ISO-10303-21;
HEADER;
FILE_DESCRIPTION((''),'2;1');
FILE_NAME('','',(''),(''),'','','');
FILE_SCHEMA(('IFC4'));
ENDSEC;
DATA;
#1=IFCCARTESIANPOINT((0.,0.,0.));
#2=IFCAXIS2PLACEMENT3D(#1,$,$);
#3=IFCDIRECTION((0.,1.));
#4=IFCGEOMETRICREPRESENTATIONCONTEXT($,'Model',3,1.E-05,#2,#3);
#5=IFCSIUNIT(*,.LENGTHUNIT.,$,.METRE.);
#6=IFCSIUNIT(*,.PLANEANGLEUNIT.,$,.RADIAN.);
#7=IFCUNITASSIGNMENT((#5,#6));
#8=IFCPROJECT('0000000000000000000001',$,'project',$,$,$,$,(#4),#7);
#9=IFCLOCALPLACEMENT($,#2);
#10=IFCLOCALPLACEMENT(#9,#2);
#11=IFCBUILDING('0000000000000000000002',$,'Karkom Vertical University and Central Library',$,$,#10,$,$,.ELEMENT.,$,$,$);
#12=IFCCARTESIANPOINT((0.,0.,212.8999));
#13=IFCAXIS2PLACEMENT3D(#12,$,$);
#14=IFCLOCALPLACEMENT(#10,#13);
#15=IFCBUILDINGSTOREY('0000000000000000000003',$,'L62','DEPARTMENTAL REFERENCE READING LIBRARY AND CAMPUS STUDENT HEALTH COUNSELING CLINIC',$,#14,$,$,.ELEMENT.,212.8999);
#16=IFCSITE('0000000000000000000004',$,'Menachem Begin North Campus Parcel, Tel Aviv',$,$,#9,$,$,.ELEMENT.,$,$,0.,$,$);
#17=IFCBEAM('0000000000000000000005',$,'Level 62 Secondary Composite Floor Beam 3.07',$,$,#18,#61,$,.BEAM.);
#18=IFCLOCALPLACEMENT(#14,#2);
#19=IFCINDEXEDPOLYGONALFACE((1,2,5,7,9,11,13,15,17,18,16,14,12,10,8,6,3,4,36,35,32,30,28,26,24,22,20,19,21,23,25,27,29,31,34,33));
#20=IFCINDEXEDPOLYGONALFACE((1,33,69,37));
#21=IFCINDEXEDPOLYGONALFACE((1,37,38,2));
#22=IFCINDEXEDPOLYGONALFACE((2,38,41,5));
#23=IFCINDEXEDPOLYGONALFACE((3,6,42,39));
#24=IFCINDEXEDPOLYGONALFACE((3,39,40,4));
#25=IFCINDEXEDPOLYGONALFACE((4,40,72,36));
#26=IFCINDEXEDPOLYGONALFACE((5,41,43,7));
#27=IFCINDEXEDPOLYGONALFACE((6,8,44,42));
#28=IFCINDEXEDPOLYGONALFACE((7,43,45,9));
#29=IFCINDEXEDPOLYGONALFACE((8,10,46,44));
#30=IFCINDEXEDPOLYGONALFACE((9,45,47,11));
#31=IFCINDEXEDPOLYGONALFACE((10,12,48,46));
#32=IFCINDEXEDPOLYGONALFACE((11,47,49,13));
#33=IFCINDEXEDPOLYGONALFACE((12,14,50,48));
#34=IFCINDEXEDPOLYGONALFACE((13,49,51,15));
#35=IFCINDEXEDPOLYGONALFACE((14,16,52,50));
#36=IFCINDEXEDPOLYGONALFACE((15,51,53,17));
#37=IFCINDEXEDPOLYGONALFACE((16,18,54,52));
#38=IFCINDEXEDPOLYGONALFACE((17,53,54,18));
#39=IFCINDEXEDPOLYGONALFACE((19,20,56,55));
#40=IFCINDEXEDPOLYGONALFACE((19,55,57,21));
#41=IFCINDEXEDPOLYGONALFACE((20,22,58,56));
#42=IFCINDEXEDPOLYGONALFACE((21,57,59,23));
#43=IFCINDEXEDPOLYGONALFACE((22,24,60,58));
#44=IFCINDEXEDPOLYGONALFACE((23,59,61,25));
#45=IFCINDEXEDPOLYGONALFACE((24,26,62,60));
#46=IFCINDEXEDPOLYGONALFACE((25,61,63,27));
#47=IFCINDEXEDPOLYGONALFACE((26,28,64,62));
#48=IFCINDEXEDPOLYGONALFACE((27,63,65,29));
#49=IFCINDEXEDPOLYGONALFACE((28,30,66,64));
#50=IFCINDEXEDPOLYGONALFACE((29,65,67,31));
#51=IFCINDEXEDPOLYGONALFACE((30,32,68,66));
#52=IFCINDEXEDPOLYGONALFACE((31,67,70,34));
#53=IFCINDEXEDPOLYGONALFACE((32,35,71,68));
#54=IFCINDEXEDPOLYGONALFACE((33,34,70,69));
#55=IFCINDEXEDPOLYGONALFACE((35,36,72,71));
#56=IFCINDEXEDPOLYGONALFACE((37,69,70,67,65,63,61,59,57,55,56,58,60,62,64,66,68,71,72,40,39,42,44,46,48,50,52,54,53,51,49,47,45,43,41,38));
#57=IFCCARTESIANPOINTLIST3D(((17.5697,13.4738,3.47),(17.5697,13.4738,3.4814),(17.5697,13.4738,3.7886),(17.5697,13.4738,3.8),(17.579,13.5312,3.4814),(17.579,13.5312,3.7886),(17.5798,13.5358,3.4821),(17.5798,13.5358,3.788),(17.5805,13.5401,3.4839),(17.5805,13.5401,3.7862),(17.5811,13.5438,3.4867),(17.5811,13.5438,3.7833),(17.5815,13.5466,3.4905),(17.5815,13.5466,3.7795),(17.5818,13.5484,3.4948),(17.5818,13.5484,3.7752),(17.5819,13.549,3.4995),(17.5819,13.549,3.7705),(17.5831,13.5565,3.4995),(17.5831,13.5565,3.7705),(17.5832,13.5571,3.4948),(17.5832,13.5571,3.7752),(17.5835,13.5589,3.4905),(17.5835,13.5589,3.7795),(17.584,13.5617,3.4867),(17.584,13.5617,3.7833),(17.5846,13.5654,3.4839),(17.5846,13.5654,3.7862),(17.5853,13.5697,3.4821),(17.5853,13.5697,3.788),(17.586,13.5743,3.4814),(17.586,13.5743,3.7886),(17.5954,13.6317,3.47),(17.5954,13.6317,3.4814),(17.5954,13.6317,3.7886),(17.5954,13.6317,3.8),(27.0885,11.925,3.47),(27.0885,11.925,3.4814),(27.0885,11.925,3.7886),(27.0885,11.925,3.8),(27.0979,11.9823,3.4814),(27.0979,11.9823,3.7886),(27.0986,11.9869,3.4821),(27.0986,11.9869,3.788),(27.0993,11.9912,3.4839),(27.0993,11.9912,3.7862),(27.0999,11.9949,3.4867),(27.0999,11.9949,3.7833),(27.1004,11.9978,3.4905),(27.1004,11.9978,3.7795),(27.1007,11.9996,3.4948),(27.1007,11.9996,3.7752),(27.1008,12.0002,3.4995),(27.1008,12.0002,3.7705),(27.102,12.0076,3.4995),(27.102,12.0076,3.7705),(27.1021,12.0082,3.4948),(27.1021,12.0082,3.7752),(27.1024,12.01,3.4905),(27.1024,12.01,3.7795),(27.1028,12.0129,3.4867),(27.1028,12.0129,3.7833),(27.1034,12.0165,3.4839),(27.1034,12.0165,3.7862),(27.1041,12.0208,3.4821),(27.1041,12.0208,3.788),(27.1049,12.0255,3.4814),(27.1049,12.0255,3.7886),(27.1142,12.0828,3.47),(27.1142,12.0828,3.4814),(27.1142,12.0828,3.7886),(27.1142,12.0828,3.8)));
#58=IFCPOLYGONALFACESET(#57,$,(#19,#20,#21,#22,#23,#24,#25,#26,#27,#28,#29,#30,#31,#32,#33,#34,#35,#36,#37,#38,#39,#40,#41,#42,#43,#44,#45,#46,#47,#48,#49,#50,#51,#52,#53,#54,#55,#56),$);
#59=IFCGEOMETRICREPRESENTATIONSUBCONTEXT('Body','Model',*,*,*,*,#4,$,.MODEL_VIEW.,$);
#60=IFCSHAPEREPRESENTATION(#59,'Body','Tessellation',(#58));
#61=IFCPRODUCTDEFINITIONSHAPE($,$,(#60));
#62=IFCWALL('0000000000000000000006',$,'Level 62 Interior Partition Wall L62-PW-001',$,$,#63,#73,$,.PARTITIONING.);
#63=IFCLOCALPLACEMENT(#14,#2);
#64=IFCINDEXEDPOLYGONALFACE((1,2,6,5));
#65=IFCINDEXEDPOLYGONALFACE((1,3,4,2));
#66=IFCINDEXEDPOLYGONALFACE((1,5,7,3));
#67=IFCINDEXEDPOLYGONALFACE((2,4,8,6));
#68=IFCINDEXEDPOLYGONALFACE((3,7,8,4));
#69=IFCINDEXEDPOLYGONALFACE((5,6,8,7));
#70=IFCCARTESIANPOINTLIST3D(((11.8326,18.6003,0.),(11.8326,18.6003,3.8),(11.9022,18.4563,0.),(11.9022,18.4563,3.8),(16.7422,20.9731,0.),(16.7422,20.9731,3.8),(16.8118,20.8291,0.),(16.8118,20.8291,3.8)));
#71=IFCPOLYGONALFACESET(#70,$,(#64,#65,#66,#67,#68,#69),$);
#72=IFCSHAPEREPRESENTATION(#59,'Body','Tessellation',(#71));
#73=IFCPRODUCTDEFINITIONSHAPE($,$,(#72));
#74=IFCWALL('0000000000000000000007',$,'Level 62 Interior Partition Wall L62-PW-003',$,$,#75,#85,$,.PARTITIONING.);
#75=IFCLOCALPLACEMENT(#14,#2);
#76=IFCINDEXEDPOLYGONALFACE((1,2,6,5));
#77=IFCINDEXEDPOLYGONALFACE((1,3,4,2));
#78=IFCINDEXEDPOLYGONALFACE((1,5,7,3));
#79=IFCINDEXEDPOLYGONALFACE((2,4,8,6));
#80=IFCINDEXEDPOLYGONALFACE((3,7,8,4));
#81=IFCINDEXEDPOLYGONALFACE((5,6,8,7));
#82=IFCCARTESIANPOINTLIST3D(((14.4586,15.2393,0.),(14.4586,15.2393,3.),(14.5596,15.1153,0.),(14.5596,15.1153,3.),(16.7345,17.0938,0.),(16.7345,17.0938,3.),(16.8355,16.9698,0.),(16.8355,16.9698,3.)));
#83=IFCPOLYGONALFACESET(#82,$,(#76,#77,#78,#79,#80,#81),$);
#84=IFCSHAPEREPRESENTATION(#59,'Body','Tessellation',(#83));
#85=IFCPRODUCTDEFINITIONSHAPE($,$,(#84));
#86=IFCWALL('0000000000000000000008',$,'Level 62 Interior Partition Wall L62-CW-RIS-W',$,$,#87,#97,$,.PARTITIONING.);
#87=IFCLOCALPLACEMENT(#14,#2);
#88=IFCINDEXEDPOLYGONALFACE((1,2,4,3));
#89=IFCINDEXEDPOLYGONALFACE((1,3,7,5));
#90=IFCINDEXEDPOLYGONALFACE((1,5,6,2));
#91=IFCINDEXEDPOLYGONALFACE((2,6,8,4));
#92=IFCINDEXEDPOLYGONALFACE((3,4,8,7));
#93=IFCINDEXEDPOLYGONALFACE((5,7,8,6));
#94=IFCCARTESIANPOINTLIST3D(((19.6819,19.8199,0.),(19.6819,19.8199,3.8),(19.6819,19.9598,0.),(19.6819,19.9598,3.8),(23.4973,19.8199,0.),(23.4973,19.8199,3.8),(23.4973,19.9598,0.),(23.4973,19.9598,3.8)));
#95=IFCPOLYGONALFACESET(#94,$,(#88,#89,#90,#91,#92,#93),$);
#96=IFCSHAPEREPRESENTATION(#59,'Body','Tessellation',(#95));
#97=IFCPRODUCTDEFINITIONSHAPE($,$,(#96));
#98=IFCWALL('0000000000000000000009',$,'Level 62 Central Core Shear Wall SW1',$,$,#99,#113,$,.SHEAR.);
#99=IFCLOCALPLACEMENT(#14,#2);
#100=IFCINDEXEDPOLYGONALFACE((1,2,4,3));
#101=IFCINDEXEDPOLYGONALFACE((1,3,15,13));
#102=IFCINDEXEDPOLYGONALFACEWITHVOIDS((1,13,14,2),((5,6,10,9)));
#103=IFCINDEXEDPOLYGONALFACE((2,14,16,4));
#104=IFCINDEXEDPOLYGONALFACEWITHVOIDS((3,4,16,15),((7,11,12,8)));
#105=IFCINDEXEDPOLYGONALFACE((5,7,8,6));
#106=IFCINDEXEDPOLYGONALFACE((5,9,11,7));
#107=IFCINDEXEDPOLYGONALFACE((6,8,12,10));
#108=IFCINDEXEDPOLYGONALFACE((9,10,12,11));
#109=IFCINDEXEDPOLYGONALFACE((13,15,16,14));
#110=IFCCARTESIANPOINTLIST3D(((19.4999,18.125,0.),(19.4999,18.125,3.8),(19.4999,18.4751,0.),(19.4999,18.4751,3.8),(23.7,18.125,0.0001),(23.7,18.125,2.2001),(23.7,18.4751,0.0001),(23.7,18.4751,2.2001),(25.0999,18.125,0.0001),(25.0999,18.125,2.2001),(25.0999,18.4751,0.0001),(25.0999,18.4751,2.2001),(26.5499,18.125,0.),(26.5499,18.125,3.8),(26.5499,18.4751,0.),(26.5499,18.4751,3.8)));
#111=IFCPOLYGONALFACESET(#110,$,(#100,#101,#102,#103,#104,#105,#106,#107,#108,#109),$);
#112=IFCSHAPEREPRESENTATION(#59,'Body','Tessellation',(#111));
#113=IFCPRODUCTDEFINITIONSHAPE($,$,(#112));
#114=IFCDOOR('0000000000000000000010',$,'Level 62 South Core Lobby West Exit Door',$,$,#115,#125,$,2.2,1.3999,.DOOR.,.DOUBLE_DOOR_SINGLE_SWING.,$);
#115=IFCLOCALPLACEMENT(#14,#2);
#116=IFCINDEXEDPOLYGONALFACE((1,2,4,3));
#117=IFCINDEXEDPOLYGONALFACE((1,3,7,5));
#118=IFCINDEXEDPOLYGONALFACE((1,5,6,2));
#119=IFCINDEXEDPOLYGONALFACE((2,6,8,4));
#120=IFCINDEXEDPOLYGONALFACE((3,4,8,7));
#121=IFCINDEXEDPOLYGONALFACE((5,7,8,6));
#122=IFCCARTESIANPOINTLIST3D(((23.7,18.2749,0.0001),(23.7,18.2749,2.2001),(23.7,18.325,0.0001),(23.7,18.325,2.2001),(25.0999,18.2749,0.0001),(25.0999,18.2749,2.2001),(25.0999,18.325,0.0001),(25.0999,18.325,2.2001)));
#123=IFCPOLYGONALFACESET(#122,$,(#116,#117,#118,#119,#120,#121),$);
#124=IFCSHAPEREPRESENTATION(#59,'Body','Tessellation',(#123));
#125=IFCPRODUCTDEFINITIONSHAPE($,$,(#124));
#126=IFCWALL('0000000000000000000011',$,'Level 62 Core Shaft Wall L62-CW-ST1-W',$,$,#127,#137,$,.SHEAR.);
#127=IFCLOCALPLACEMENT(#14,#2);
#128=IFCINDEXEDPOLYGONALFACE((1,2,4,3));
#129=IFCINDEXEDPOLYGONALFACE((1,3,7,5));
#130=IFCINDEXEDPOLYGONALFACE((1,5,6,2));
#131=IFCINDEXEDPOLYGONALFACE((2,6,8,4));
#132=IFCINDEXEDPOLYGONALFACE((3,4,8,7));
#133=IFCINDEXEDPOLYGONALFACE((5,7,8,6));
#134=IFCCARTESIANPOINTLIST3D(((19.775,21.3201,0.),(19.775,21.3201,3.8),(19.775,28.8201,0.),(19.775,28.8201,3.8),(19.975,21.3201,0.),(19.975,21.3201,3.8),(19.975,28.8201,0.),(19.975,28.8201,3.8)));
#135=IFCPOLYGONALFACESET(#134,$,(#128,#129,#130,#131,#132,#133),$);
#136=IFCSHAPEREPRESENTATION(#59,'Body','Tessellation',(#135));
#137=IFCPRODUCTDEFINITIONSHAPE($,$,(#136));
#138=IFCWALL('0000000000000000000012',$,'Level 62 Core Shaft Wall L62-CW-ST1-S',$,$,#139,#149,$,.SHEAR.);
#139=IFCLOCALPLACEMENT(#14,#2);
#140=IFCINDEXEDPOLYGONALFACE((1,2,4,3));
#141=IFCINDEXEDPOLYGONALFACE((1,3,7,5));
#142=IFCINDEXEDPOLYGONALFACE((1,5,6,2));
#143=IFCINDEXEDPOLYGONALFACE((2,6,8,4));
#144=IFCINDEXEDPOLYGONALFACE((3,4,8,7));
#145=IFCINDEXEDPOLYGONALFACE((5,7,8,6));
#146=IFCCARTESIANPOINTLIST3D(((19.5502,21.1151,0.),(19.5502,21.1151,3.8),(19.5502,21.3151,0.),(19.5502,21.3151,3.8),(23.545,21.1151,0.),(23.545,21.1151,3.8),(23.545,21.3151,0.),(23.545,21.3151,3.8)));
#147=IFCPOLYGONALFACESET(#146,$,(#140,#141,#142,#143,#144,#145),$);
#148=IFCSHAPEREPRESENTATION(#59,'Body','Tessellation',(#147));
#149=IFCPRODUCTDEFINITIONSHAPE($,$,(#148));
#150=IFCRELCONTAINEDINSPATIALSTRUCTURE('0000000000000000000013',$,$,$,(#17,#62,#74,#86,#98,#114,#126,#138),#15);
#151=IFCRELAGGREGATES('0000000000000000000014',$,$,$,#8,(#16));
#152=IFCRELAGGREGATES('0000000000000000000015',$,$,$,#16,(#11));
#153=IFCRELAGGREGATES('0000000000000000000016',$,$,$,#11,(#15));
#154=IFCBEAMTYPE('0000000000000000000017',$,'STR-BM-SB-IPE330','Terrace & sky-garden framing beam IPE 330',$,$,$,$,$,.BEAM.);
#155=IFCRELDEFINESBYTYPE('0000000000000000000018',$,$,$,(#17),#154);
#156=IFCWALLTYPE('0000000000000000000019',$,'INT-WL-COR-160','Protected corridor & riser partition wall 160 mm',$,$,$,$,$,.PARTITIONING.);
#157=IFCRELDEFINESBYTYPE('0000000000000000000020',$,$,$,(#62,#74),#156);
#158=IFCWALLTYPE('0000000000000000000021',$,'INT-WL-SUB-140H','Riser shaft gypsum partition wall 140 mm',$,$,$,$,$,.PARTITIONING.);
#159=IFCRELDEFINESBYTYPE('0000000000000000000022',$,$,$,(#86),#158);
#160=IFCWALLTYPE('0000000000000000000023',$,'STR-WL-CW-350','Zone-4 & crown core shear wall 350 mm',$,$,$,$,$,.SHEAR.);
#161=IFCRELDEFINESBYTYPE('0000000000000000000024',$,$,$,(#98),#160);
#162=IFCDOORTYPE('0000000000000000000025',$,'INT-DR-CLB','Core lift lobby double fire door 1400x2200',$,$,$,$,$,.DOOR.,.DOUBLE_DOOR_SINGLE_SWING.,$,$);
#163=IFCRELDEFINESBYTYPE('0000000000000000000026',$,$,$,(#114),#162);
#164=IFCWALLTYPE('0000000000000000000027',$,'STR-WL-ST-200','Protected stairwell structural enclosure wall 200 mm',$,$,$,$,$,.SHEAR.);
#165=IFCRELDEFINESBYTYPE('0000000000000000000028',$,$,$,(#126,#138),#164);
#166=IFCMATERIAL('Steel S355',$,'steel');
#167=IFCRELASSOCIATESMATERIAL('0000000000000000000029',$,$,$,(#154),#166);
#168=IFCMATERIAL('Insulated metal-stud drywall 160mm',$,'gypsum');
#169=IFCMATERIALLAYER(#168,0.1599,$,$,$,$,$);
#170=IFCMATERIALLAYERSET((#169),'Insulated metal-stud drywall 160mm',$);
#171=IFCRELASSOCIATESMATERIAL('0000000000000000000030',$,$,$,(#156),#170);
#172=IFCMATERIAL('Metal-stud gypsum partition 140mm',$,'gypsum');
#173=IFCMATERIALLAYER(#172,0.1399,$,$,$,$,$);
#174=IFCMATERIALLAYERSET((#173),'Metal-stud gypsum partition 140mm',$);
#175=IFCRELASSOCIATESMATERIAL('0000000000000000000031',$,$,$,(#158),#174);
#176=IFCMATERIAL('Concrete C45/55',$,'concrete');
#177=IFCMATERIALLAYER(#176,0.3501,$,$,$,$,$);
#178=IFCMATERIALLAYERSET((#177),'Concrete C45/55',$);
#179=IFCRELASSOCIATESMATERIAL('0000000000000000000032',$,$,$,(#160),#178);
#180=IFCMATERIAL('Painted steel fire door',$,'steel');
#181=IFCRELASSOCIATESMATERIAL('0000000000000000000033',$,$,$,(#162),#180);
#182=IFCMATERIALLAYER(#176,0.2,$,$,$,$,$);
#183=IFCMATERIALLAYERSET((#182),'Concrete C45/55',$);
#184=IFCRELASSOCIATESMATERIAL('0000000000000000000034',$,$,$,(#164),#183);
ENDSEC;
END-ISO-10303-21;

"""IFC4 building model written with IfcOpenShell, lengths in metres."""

from ifc_helpers import new_model, si_unit, direction, frame, frame_2d, origin, origin_with_axes, origin_2d, place, context, subcontext, project, spatial, rectangle, i_section, extrude, source, transform, mapped, material, layer, layer_set, material_profile, profile_set, type_object, element, fill, save


model = new_model("IFC4")

# Units and contexts
model_context = context("Model", 3, precision=1e-05, world=origin(), true_north=direction((0.0, 1.0)))
body_context = subcontext(model_context, "Body", "Model", "MODEL_VIEW")
ifc_project = project(units=[si_unit("LENGTHUNIT", "METRE"), si_unit("PLANEANGLEUNIT", "RADIAN")], contexts=[model_context])

# Site, building, storey
site_placement = place(None, origin())
site = spatial("IfcSite", under=ifc_project, at=site_placement, Name="Menachem Begin North Campus Parcel, Tel Aviv", CompositionType="ELEMENT", RefElevation=0.0)
building_placement = place(site_placement, origin())
building = spatial("IfcBuilding", under=site, at=building_placement, Name="Karkom Vertical University and Central Library", CompositionType="ELEMENT")
storey_placement = place(building_placement, frame((0.0, 0.0, 212.8999)))
storey = spatial("IfcBuildingStorey", under=building, at=storey_placement, Name="L62", Description="DEPARTMENTAL REFERENCE READING LIBRARY AND CAMPUS STUDENT HEALTH COUNSELING CLINIC", CompositionType="ELEMENT", Elevation=212.8999)

# Shared definitions
ifc_material_1 = material(Name="Concrete C45/55", Category="concrete")

# Beam
ifc_material_2 = material(Name="Steel S355", Category="steel")
ifc_material_profile_1 = material_profile(ifc_material_2, i_section(OverallWidth=0.1599, OverallDepth=0.3301, WebThickness=0.0076, FlangeThickness=0.0115, FilletRadius=0.0181, at=origin_2d()), Name="IPE 330")
ifc_profile_set_1 = profile_set([ifc_material_profile_1], Name="Steel S355")
beam_type_1 = type_object("IfcBeamType", Name="STR-BM-SB-IPE330", Description="Terrace & sky-garden framing beam IPE 330", PredefinedType="BEAM", material=ifc_profile_set_1)
shared_shape_1 = source(origin_with_axes(), body_context, "Body", "SweptSolid", [
    extrude(i_section(OverallWidth=0.1599, OverallDepth=0.3301, WebThickness=0.0076, FlangeThickness=0.0115, FilletRadius=0.0181, at=origin_2d()), origin(), (0.0, 0.0, 1.0), 9.644),
])
beam_1_placement = place(storey_placement, frame((17.5825, 13.5527, 3.635), z_axis=(0.987019, -0.1606, 0.0), x_axis=(0.1606, 0.987019, 0.0)))
element("IfcBeam", 1, at=beam_1_placement, inside=storey, type_object=beam_type_1, Name="Level 62 Secondary Composite Floor Beam 3.07", PredefinedType="BEAM", context=body_context, shape_type="MappedRepresentation", body=[
    mapped(shared_shape_1, transform((0.0, 0.0, 0.0), scale=1.0)),
])

# Walls
ifc_material_3 = material(Name="Insulated metal-stud drywall 160mm", Category="gypsum")
ifc_layer_1 = layer(ifc_material_3, 0.1599)
ifc_layer_set_1 = layer_set([ifc_layer_1], Name="Insulated metal-stud drywall 160mm")
wall_type_1 = type_object("IfcWallType", Name="INT-WL-COR-160", Description="Protected corridor & riser partition wall 160 mm", PredefinedType="PARTITIONING", material=ifc_layer_set_1)
wall_1_placement = place(storey_placement, frame((16.7771, 20.9011, 0.0), z_axis=(0.0, 0.0, 1.0), x_axis=(-0.900364, -0.435138, 0.0)))
element("IfcWall", 2, at=wall_1_placement, inside=storey, type_object=wall_type_1, Name="Level 62 Interior Partition Wall L62-PW-001", PredefinedType="PARTITIONING", context=body_context, shape_type="SweptSolid", body=[
    extrude(rectangle(XDim=5.4529, YDim=0.1599, at=frame_2d((2.7266, 0.0))), origin(), (0.0, 0.0, 1.0), 3.8),
])
wall_2_placement = place(storey_placement, frame((16.7849, 17.0317, 0.0), z_axis=(0.0, 0.0, 1.0), x_axis=(-0.775223, -0.631688, 0.0)))
element("IfcWall", 3, at=wall_2_placement, inside=storey, type_object=wall_type_1, Name="Level 62 Interior Partition Wall L62-PW-003", PredefinedType="PARTITIONING", context=body_context, shape_type="SweptSolid", body=[
    extrude(rectangle(XDim=2.9358, YDim=0.1599, at=frame_2d((1.4678, 0.0))), origin(), (0.0, 0.0, 1.0), 3.0),
])
ifc_material_4 = material(Name="Metal-stud gypsum partition 140mm", Category="gypsum")
ifc_layer_2 = layer(ifc_material_4, 0.1399)
ifc_layer_set_2 = layer_set([ifc_layer_2], Name="Metal-stud gypsum partition 140mm")
wall_type_2 = type_object("IfcWallType", Name="INT-WL-SUB-140H", Description="Riser shaft gypsum partition wall 140 mm", PredefinedType="PARTITIONING", material=ifc_layer_set_2)
wall_3_placement = place(storey_placement, frame((19.6819, 19.8899, 0.0), z_axis=(0.0, 0.0, 1.0), x_axis=(1.0, 0.0, 0.0)))
element("IfcWall", 4, at=wall_3_placement, inside=storey, type_object=wall_type_2, Name="Level 62 Interior Partition Wall L62-CW-RIS-W", PredefinedType="PARTITIONING", context=body_context, shape_type="SweptSolid", body=[
    extrude(rectangle(XDim=3.8154, YDim=0.1399, at=frame_2d((1.9077, 0.0))), origin(), (0.0, 0.0, 1.0), 3.8),
])

# Wall, opening, door
ifc_layer_3 = layer(ifc_material_1, 0.3501)
ifc_layer_set_3 = layer_set([ifc_layer_3], Name="Concrete C45/55")
wall_type_3 = type_object("IfcWallType", Name="STR-WL-CW-350", Description="Zone-4 & crown core shear wall 350 mm", PredefinedType="SHEAR", material=ifc_layer_set_3)
wall_4_placement = place(storey_placement, frame((19.5, 18.3, 0.0), z_axis=(0.0, 0.0, 1.0), x_axis=(1.0, 0.0, 0.0)))
wall_4 = element("IfcWall", 5, at=wall_4_placement, inside=storey, type_object=wall_type_3, Name="Level 62 Central Core Shear Wall SW1", PredefinedType="SHEAR", context=body_context, shape_type="SweptSolid", body=[
    extrude(rectangle(XDim=7.05, YDim=0.3501, at=frame_2d((3.5249, 0.0))), origin(), (0.0, 0.0, 1.0), 3.8),
])
opening_placement = place(wall_4_placement, frame((4.2, 0.0, 0.0)))
opening = element("IfcOpeningElement", 6, at=opening_placement, cuts=wall_4, PredefinedType="OPENING", context=body_context, shape_type="SweptSolid", body=[
    extrude(rectangle(XDim=1.3999, YDim=2.2, at=frame_2d((0.7, 1.1001))), frame((0.0, 0.1851, 0.0), z_axis=(0.0, -1.0, 0.0), x_axis=(1.0, 0.0, 0.0)), (0.0, 0.0, 1.0), 0.3701),
])
ifc_material_5 = material(Name="Painted steel fire door", Category="steel")
door_type = type_object("IfcDoorType", Name="INT-DR-CLB", Description="Core lift lobby double fire door 1400x2200", OperationType="DOUBLE_DOOR_SINGLE_SWING", PredefinedType="DOOR", material=ifc_material_5)
shared_shape_2 = source(origin_with_axes(), body_context, "Body", "SweptSolid", [
    extrude(rectangle(XDim=1.3999, YDim=2.2, at=frame_2d((0.7, 1.1001))), frame((0.0, 0.0249, 0.0), z_axis=(0.0, -1.0, 0.0), x_axis=(1.0, 0.0, 0.0)), (0.0, 0.0, 1.0), 0.05),
])
door_placement = place(opening_placement, origin())
door = element("IfcDoor", 7, at=door_placement, inside=storey, type_object=door_type, Name="Level 62 South Core Lobby West Exit Door", OperationType="DOUBLE_DOOR_SINGLE_SWING", OverallHeight=2.2, OverallWidth=1.3999, PredefinedType="DOOR", context=body_context, shape_type="MappedRepresentation", body=[
    mapped(shared_shape_2, transform((0.0, 0.0, 0.0), scale=1.0)),
])
fill(opening, door)

# Walls
ifc_layer_4 = layer(ifc_material_1, 0.2)
ifc_layer_set_4 = layer_set([ifc_layer_4], Name="Concrete C45/55")
wall_type_4 = type_object("IfcWallType", Name="STR-WL-ST-200", Description="Protected stairwell structural enclosure wall 200 mm", PredefinedType="SHEAR", material=ifc_layer_set_4)
wall_5_placement = place(storey_placement, frame((19.875, 21.3201, 0.0), z_axis=(0.0, 0.0, 1.0), x_axis=(0.0, 1.0, 0.0)))
element("IfcWall", 8, at=wall_5_placement, inside=storey, type_object=wall_type_4, Name="Level 62 Core Shaft Wall L62-CW-ST1-W", PredefinedType="SHEAR", context=body_context, shape_type="SweptSolid", body=[
    extrude(rectangle(XDim=7.5, YDim=0.2, at=frame_2d((3.75, 0.0))), origin(), (0.0, 0.0, 1.0), 3.8),
])
wall_6_placement = place(storey_placement, frame((19.55, 21.2151, 0.0), z_axis=(0.0, 0.0, 1.0), x_axis=(1.0, 0.0, 0.0)))
element("IfcWall", 9, at=wall_6_placement, inside=storey, type_object=wall_type_4, Name="Level 62 Core Shaft Wall L62-CW-ST1-S", PredefinedType="SHEAR", context=body_context, shape_type="SweptSolid", body=[
    extrude(rectangle(XDim=3.9949, YDim=0.2, at=frame_2d((1.9976, 0.0))), origin(), (0.0, 0.0, 1.0), 3.8),
])

save(model, "model.ifc")
